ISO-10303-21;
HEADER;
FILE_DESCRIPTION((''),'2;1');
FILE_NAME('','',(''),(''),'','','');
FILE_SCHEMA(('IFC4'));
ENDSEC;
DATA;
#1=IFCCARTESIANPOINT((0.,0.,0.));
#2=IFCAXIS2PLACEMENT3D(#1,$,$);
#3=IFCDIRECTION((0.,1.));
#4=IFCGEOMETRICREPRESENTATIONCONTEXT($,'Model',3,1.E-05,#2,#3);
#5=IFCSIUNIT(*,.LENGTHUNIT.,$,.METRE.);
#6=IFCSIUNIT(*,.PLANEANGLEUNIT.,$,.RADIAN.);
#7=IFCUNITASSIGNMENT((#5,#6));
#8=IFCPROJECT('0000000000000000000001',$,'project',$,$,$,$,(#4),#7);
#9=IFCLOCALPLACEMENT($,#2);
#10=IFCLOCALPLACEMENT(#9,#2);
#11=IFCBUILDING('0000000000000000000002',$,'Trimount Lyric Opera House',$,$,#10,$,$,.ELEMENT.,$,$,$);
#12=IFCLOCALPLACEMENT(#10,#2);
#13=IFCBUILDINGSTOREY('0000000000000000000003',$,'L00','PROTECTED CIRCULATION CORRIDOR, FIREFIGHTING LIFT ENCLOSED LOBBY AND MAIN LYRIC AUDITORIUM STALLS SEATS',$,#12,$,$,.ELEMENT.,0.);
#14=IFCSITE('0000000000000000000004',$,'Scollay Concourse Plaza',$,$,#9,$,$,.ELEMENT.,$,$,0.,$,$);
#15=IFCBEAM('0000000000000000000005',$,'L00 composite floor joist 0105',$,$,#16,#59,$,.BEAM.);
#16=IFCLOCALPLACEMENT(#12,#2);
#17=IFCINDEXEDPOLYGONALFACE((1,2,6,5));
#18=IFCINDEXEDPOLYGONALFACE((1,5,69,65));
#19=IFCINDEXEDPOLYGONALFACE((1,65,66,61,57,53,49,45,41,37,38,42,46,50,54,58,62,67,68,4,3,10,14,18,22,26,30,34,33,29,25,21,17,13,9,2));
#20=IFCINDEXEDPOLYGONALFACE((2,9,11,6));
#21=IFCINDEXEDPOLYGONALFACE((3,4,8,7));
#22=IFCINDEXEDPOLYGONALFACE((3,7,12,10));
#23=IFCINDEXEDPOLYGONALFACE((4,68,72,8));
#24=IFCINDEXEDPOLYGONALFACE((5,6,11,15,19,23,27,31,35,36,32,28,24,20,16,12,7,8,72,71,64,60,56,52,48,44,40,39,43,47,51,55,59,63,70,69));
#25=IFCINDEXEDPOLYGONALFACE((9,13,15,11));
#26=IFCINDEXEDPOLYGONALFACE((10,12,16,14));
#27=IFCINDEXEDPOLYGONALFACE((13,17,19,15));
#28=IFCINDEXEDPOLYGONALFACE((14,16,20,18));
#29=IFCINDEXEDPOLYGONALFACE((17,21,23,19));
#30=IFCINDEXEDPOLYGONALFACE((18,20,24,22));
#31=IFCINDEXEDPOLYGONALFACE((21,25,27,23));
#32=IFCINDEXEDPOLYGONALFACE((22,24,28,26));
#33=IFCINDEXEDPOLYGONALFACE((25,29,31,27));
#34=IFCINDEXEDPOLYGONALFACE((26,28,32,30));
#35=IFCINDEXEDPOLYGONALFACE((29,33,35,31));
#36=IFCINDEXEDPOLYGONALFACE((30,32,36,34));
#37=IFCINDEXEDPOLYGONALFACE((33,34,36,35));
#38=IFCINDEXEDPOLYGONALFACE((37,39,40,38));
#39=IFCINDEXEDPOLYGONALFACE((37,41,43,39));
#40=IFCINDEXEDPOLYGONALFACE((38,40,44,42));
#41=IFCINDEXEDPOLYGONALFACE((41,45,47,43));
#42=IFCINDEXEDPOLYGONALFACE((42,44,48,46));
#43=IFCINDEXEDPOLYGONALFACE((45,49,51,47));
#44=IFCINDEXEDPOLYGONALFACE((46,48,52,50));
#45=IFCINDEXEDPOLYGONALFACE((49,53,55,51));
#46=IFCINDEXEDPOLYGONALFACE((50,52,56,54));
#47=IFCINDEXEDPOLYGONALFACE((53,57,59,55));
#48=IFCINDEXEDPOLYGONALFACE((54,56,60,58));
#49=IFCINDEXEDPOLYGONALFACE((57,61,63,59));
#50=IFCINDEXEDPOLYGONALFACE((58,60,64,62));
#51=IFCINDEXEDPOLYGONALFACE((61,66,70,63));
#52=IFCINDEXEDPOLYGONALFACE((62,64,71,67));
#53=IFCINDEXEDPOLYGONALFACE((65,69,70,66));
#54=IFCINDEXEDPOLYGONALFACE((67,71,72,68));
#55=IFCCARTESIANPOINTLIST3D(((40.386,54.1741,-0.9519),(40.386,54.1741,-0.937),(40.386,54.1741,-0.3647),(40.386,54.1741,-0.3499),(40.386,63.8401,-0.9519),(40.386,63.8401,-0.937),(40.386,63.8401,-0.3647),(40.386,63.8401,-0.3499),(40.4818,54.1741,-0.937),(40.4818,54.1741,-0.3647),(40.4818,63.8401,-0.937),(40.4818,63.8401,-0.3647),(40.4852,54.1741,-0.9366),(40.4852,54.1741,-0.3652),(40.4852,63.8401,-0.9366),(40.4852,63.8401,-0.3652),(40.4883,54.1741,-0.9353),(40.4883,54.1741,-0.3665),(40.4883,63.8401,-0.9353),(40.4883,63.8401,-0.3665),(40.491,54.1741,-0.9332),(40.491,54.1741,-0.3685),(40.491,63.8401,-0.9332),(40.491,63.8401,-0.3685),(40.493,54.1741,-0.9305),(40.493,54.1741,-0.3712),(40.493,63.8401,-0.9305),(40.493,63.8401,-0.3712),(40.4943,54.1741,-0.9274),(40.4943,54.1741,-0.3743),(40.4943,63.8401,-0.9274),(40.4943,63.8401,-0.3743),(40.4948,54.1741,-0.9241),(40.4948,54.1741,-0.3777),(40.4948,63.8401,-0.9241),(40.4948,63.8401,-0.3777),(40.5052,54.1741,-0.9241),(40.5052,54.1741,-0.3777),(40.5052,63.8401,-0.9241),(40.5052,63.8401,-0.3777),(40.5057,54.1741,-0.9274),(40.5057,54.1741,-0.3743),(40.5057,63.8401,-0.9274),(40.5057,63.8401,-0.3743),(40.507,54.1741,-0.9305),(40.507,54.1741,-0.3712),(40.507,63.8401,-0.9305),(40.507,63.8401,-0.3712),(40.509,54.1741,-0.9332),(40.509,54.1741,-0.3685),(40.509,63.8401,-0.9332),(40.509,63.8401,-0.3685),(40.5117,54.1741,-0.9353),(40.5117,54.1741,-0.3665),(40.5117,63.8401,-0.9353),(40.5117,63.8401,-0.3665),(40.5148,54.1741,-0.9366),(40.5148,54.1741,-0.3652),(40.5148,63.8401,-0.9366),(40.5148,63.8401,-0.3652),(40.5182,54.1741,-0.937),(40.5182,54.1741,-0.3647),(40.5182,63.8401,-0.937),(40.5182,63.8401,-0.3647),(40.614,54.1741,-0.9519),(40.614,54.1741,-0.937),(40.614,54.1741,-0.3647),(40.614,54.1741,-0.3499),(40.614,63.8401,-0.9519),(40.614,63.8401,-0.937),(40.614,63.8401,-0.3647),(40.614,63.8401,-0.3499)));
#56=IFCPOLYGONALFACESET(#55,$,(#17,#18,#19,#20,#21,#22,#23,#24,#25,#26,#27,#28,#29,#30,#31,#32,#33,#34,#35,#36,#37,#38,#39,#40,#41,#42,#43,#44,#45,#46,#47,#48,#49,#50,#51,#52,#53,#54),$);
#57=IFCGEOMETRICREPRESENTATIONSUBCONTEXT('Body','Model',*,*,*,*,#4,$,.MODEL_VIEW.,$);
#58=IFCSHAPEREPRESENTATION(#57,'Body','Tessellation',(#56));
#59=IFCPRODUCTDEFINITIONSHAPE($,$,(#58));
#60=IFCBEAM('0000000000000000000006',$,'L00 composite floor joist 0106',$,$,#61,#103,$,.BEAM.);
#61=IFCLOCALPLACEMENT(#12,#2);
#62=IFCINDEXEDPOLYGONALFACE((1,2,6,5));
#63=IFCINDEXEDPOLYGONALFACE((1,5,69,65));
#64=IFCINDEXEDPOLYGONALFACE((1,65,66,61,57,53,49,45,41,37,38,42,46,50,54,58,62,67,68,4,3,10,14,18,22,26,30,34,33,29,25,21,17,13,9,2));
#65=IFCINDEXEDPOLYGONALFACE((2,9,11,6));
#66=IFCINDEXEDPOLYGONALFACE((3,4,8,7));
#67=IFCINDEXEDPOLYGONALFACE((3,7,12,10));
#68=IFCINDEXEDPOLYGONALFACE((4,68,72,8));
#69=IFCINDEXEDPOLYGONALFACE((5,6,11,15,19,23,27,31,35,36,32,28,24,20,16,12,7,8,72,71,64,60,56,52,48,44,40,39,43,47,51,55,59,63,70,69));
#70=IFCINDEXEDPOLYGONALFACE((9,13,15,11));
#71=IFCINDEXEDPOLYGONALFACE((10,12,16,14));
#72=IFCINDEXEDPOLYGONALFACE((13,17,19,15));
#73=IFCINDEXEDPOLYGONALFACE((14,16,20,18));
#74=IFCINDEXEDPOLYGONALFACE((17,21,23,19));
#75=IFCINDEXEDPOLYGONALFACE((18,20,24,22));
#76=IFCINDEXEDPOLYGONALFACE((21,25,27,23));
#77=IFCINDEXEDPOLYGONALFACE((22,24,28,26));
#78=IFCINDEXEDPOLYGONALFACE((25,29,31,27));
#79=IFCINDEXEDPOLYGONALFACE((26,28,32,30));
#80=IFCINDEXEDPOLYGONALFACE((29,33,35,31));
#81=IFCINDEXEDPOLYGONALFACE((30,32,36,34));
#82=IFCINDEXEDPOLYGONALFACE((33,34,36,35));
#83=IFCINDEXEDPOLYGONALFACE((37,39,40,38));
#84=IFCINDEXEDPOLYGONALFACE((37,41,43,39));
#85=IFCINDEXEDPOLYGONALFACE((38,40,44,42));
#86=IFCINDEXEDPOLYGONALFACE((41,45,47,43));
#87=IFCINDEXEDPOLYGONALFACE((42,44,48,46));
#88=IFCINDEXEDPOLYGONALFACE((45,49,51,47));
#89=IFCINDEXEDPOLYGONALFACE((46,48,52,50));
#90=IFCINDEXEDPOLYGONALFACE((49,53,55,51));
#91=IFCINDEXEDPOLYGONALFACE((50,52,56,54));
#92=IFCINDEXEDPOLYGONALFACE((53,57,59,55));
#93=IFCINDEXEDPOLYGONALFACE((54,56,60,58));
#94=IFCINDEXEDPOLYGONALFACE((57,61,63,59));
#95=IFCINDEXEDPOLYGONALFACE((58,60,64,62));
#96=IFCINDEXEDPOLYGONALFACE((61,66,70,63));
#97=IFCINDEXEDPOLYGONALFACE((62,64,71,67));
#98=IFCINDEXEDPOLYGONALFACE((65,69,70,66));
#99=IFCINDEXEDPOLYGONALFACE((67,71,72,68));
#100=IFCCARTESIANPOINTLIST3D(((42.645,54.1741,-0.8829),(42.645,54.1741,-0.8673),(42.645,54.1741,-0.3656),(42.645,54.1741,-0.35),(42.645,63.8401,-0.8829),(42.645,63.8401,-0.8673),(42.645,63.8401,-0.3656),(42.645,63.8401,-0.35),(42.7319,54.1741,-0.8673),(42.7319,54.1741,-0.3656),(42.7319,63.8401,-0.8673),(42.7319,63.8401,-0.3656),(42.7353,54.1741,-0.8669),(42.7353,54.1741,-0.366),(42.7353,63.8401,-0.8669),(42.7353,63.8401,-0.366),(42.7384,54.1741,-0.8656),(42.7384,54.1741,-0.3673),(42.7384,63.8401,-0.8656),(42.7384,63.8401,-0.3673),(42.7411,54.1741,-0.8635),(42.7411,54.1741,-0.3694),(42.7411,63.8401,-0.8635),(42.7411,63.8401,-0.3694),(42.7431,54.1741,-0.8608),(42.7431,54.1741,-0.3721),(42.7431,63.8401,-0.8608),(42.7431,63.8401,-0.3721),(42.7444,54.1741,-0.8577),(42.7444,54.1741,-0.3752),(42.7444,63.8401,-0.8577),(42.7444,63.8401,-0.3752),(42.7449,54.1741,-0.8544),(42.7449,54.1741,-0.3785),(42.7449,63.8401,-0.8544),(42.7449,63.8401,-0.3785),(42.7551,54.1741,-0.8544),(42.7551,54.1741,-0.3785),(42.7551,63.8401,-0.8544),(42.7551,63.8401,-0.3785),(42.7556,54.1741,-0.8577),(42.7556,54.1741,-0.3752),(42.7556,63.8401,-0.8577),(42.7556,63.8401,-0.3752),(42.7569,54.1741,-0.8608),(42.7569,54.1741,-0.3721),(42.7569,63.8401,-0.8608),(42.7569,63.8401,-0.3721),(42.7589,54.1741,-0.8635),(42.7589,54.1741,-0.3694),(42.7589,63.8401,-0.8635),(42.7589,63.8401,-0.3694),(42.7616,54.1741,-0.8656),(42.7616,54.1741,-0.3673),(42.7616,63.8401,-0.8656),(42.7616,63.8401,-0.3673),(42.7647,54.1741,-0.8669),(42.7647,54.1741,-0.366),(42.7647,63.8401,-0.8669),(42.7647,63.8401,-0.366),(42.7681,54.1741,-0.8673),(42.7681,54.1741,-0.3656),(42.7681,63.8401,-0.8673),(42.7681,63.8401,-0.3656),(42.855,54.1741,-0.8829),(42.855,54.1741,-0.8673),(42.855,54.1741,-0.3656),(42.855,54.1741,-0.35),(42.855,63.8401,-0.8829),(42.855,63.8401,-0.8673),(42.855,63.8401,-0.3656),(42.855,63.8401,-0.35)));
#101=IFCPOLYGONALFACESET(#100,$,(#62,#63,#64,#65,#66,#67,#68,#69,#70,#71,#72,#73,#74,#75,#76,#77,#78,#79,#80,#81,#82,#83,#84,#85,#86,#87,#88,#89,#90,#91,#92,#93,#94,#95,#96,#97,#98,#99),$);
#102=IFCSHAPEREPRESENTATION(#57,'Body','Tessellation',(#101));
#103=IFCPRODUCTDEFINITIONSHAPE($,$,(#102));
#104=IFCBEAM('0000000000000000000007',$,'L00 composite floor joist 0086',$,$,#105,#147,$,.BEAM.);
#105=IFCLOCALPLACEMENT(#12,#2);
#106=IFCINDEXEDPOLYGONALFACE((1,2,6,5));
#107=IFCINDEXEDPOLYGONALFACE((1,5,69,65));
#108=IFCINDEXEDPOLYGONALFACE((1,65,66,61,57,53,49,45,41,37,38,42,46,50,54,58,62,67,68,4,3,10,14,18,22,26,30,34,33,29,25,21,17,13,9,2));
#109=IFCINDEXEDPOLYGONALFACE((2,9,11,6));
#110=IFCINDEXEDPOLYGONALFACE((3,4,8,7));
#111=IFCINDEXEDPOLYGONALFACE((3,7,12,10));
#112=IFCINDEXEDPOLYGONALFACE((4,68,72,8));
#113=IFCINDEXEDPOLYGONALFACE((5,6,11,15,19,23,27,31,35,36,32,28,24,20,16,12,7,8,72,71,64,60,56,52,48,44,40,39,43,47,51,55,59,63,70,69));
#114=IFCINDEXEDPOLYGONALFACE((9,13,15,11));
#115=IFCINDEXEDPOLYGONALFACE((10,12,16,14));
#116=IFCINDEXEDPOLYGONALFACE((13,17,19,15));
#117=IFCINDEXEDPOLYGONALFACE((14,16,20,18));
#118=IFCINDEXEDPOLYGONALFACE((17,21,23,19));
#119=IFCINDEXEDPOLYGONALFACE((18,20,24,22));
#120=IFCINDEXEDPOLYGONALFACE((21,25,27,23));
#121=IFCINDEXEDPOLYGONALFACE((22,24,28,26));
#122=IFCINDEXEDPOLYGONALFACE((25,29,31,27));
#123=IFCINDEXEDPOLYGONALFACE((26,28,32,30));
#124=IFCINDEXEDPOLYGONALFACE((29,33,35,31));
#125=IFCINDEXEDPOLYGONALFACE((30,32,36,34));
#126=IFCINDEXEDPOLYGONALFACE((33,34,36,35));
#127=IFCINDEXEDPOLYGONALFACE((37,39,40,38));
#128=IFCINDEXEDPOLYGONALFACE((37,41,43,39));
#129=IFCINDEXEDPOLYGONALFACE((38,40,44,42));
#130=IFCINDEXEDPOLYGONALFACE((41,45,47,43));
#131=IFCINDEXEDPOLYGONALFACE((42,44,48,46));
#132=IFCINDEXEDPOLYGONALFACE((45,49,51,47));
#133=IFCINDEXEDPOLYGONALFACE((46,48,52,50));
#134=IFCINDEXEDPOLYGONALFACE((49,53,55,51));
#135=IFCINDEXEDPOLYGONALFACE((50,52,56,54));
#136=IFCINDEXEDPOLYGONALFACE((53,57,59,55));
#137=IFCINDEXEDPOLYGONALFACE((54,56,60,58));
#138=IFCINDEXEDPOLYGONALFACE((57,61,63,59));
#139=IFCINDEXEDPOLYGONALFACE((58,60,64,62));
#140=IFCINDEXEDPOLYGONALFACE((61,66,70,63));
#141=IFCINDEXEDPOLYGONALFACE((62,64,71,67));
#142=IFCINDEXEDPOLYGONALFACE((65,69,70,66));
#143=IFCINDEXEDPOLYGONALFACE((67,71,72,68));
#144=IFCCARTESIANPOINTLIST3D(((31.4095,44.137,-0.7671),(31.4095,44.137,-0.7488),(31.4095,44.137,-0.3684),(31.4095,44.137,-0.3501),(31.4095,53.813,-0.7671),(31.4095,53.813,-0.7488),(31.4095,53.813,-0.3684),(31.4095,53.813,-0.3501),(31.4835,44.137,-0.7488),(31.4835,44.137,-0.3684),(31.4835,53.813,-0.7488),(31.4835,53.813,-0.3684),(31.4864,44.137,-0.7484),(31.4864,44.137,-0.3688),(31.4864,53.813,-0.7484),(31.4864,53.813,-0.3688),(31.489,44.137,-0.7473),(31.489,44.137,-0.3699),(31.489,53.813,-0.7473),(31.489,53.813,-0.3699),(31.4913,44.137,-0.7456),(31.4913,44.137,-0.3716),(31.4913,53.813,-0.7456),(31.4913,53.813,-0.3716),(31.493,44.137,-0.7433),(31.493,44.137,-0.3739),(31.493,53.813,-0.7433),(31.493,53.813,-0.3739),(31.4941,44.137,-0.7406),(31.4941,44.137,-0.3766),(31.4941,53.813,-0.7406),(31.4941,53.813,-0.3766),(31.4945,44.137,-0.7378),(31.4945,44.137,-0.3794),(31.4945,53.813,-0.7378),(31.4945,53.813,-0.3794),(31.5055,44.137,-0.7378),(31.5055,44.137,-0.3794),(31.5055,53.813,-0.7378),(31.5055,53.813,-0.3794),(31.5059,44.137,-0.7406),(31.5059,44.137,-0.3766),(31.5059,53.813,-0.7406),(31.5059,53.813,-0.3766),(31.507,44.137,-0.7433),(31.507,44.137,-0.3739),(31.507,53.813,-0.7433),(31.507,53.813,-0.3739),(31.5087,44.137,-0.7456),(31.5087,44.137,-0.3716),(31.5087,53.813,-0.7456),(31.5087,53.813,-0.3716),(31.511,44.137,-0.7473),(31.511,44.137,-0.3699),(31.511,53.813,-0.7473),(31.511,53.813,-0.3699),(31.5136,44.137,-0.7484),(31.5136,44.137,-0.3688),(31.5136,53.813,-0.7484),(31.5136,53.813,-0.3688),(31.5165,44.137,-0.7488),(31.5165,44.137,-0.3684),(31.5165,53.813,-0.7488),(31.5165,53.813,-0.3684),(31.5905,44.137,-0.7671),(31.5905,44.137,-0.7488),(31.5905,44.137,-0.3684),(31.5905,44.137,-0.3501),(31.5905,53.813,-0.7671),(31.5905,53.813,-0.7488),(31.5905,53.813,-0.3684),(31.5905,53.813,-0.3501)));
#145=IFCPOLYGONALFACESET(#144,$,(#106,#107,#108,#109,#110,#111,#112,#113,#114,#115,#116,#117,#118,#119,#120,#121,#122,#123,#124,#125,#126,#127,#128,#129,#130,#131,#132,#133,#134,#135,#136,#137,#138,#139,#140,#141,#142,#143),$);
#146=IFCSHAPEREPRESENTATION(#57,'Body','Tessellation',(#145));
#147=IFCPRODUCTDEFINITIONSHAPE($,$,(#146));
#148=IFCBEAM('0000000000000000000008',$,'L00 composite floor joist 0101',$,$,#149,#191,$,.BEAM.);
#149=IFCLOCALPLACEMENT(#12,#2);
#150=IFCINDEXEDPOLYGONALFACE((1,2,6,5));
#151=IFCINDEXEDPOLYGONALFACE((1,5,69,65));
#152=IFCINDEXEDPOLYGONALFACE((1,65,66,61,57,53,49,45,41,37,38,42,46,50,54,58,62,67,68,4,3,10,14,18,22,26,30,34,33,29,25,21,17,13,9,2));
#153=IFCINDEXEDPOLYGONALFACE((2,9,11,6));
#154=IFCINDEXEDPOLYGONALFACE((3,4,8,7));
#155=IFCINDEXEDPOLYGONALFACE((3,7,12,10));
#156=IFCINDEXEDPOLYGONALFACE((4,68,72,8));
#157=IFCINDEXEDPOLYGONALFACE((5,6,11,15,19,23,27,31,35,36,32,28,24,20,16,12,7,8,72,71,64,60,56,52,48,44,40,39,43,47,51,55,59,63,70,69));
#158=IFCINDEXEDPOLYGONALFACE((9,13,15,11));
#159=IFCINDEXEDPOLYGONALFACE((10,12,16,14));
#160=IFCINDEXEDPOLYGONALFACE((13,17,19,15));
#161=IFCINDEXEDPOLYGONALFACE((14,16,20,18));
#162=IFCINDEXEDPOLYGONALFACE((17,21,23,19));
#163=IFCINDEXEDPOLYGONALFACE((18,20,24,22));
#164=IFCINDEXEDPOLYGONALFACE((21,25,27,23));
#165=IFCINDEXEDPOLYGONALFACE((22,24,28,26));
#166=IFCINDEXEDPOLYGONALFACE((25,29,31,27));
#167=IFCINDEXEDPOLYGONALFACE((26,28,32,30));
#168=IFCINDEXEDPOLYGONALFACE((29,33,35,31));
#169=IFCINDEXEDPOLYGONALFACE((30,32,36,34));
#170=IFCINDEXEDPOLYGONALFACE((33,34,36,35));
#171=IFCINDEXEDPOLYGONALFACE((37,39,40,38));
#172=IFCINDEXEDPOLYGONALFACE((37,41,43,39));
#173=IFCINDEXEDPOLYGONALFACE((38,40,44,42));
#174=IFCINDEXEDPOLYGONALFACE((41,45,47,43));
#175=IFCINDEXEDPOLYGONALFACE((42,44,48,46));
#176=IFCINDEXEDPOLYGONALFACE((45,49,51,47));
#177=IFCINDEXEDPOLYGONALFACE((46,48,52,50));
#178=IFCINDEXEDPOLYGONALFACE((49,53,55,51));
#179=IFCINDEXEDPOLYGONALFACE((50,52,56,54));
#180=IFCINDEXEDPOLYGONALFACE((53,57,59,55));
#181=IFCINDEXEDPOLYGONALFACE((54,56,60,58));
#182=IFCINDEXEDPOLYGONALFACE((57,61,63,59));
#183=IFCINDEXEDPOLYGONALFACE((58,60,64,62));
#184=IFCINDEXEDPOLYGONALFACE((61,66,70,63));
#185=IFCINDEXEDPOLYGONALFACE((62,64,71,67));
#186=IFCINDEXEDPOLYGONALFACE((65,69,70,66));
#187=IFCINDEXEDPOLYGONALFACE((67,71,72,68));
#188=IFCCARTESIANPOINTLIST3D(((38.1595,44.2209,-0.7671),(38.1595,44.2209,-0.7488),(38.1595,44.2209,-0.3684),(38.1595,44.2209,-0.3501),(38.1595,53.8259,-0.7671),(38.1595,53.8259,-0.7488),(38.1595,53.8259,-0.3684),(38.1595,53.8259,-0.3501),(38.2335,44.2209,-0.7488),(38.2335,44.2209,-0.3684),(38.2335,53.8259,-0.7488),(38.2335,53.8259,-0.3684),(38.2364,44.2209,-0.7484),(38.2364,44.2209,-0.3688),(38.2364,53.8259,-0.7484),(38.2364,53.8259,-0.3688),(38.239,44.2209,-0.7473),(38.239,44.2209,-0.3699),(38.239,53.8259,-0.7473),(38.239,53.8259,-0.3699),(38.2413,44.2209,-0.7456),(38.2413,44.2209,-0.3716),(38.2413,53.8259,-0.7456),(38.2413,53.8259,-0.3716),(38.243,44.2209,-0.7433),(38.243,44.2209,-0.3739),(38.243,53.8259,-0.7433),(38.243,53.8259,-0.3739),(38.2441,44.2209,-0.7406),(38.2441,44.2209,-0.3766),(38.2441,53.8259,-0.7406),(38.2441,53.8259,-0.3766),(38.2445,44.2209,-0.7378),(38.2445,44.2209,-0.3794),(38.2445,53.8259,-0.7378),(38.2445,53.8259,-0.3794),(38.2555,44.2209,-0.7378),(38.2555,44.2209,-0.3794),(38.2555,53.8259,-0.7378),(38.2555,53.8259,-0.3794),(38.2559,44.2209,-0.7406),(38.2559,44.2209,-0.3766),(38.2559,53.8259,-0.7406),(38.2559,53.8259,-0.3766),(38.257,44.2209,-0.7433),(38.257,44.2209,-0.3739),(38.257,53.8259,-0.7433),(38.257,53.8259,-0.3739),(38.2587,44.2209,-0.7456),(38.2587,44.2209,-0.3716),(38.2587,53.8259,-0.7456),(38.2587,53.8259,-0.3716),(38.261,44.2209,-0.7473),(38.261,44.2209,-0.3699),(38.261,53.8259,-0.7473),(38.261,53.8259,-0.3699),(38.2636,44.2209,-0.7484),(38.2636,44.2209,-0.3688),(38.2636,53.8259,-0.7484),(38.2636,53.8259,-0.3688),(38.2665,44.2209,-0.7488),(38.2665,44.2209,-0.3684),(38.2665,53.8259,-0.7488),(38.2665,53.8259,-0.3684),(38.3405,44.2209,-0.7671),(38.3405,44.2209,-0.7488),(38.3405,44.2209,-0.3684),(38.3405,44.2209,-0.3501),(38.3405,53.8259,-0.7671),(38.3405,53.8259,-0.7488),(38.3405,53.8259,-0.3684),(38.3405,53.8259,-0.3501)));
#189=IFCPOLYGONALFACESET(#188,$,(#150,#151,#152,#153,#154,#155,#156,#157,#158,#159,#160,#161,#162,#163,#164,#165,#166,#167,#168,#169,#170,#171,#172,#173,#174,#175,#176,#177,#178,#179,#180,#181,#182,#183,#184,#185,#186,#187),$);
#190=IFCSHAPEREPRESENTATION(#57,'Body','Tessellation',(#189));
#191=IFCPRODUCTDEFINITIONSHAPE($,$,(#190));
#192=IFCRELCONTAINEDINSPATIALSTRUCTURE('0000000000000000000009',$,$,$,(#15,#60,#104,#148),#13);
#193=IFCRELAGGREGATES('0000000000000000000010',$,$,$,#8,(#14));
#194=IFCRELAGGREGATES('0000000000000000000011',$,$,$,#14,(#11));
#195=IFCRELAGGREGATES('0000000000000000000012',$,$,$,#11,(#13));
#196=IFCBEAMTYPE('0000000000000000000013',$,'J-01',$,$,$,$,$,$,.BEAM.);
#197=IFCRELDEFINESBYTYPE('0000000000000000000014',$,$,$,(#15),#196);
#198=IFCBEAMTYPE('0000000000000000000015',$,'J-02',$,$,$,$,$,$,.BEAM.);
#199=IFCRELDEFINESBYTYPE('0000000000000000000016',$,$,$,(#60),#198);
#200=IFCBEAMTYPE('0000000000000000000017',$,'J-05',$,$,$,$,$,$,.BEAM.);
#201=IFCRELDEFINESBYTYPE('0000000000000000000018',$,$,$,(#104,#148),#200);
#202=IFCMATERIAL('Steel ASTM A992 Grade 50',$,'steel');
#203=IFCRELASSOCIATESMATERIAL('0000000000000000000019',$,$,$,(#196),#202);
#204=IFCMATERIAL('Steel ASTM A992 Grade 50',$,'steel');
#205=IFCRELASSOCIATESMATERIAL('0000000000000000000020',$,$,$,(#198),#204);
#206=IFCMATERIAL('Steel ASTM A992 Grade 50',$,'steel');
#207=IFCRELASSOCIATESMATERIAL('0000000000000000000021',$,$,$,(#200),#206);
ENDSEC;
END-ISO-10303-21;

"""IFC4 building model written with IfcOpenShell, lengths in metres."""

from ifc_helpers import new_model, si_unit, direction, frame, origin, origin_2d, place, context, subcontext, project, spatial, i_section, extrude, material, material_profile, profile_set, type_object, element, save


model = new_model("IFC4")

# Units and contexts
model_context = context("Model", 3, precision=1e-05, world=origin(), true_north=direction((0.0, 1.0)))
body_context = subcontext(model_context, "Body", "Model", "MODEL_VIEW")
ifc_project = project(units=[si_unit("LENGTHUNIT", "METRE"), si_unit("PLANEANGLEUNIT", "RADIAN")], contexts=[model_context])

# Site, building, storey
site_placement = place(None, origin())
site = spatial("IfcSite", under=ifc_project, at=site_placement, Name="Scollay Concourse Plaza", CompositionType="ELEMENT", RefElevation=0.0)
building_placement = place(site_placement, origin())
building = spatial("IfcBuilding", under=site, at=building_placement, Name="Trimount Lyric Opera House", CompositionType="ELEMENT")
storey_placement = place(building_placement, origin())
storey = spatial("IfcBuildingStorey", under=building, at=storey_placement, Name="L00", Description="PROTECTED CIRCULATION CORRIDOR, FIREFIGHTING LIFT ENCLOSED LOBBY AND MAIN LYRIC AUDITORIUM STALLS SEATS", CompositionType="ELEMENT", Elevation=0.0)

# Beams
ifc_material_1 = material(Name="Steel ASTM A992 Grade 50", Category="steel")
ifc_material_profile_1 = material_profile(ifc_material_1, i_section(OverallWidth=0.228, OverallDepth=0.6021, WebThickness=0.0105, FlangeThickness=0.0149, FilletRadius=0.0129, at=origin_2d()), Name="W24X68")
ifc_profile_set_1 = profile_set([ifc_material_profile_1], Name="Steel ASTM A992 Grade 50")
beam_type_1 = type_object("IfcBeamType", Name="J-01", PredefinedType="BEAM", material=ifc_profile_set_1)
beam_1_placement = place(storey_placement, frame((40.5, 54.1741, -0.6509), z_axis=(0.0, 1.0, 0.0), x_axis=(-1.0, 0.0, 0.0)))
element("IfcBeam", 1, at=beam_1_placement, inside=storey, type_object=beam_type_1, Name="L00 composite floor joist 0105", PredefinedType="BEAM", context=body_context, shape_type="SweptSolid", body=[
    extrude(i_section(OverallWidth=0.228, OverallDepth=0.6021, WebThickness=0.0105, FlangeThickness=0.0149, FilletRadius=0.0129, at=origin_2d()), origin(), (0.0, 0.0, 1.0), 9.666),
])
ifc_material_2 = material(Name="Steel ASTM A992 Grade 50", Category="steel")
ifc_material_profile_2 = material_profile(ifc_material_2, i_section(OverallWidth=0.21, OverallDepth=0.533, WebThickness=0.0103, FlangeThickness=0.0156, FilletRadius=0.0129, at=origin_2d()), Name="W21X62")
ifc_profile_set_2 = profile_set([ifc_material_profile_2], Name="Steel ASTM A992 Grade 50")
beam_type_2 = type_object("IfcBeamType", Name="J-02", PredefinedType="BEAM", material=ifc_profile_set_2)
beam_2_placement = place(storey_placement, frame((42.75, 54.1741, -0.6165), z_axis=(0.0, 1.0, 0.0), x_axis=(-1.0, 0.0, 0.0)))
element("IfcBeam", 2, at=beam_2_placement, inside=storey, type_object=beam_type_2, Name="L00 composite floor joist 0106", PredefinedType="BEAM", context=body_context, shape_type="SweptSolid", body=[
    extrude(i_section(OverallWidth=0.21, OverallDepth=0.533, WebThickness=0.0103, FlangeThickness=0.0156, FilletRadius=0.0129, at=origin_2d()), origin(), (0.0, 0.0, 1.0), 9.666),
])
ifc_material_3 = material(Name="Steel ASTM A992 Grade 50", Category="steel")
ifc_material_profile_3 = material_profile(ifc_material_3, i_section(OverallWidth=0.1809, OverallDepth=0.417, WebThickness=0.011, FlangeThickness=0.0183, FilletRadius=0.011, at=origin_2d()), Name="W16X57")
ifc_profile_set_3 = profile_set([ifc_material_profile_3], Name="Steel ASTM A992 Grade 50")
beam_type_3 = type_object("IfcBeamType", Name="J-05", PredefinedType="BEAM", material=ifc_profile_set_3)
beam_3_placement = place(storey_placement, frame((31.5, 44.137, -0.5586), z_axis=(0.0, 1.0, 0.0), x_axis=(-1.0, 0.0, 0.0)))
element("IfcBeam", 3, at=beam_3_placement, inside=storey, type_object=beam_type_3, Name="L00 composite floor joist 0086", PredefinedType="BEAM", context=body_context, shape_type="SweptSolid", body=[
    extrude(i_section(OverallWidth=0.1809, OverallDepth=0.417, WebThickness=0.011, FlangeThickness=0.0183, FilletRadius=0.011, at=origin_2d()), origin(), (0.0, 0.0, 1.0), 9.676),
])
beam_4_placement = place(storey_placement, frame((38.25, 44.2209, -0.5586), z_axis=(0.0, 1.0, 0.0), x_axis=(-1.0, 0.0, 0.0)))
element("IfcBeam", 4, at=beam_4_placement, inside=storey, type_object=beam_type_3, Name="L00 composite floor joist 0101", PredefinedType="BEAM", context=body_context, shape_type="SweptSolid", body=[
    extrude(i_section(OverallWidth=0.1809, OverallDepth=0.417, WebThickness=0.011, FlangeThickness=0.0183, FilletRadius=0.011, at=origin_2d()), origin(), (0.0, 0.0, 1.0), 9.605),
])

save(model, "model.ifc")
